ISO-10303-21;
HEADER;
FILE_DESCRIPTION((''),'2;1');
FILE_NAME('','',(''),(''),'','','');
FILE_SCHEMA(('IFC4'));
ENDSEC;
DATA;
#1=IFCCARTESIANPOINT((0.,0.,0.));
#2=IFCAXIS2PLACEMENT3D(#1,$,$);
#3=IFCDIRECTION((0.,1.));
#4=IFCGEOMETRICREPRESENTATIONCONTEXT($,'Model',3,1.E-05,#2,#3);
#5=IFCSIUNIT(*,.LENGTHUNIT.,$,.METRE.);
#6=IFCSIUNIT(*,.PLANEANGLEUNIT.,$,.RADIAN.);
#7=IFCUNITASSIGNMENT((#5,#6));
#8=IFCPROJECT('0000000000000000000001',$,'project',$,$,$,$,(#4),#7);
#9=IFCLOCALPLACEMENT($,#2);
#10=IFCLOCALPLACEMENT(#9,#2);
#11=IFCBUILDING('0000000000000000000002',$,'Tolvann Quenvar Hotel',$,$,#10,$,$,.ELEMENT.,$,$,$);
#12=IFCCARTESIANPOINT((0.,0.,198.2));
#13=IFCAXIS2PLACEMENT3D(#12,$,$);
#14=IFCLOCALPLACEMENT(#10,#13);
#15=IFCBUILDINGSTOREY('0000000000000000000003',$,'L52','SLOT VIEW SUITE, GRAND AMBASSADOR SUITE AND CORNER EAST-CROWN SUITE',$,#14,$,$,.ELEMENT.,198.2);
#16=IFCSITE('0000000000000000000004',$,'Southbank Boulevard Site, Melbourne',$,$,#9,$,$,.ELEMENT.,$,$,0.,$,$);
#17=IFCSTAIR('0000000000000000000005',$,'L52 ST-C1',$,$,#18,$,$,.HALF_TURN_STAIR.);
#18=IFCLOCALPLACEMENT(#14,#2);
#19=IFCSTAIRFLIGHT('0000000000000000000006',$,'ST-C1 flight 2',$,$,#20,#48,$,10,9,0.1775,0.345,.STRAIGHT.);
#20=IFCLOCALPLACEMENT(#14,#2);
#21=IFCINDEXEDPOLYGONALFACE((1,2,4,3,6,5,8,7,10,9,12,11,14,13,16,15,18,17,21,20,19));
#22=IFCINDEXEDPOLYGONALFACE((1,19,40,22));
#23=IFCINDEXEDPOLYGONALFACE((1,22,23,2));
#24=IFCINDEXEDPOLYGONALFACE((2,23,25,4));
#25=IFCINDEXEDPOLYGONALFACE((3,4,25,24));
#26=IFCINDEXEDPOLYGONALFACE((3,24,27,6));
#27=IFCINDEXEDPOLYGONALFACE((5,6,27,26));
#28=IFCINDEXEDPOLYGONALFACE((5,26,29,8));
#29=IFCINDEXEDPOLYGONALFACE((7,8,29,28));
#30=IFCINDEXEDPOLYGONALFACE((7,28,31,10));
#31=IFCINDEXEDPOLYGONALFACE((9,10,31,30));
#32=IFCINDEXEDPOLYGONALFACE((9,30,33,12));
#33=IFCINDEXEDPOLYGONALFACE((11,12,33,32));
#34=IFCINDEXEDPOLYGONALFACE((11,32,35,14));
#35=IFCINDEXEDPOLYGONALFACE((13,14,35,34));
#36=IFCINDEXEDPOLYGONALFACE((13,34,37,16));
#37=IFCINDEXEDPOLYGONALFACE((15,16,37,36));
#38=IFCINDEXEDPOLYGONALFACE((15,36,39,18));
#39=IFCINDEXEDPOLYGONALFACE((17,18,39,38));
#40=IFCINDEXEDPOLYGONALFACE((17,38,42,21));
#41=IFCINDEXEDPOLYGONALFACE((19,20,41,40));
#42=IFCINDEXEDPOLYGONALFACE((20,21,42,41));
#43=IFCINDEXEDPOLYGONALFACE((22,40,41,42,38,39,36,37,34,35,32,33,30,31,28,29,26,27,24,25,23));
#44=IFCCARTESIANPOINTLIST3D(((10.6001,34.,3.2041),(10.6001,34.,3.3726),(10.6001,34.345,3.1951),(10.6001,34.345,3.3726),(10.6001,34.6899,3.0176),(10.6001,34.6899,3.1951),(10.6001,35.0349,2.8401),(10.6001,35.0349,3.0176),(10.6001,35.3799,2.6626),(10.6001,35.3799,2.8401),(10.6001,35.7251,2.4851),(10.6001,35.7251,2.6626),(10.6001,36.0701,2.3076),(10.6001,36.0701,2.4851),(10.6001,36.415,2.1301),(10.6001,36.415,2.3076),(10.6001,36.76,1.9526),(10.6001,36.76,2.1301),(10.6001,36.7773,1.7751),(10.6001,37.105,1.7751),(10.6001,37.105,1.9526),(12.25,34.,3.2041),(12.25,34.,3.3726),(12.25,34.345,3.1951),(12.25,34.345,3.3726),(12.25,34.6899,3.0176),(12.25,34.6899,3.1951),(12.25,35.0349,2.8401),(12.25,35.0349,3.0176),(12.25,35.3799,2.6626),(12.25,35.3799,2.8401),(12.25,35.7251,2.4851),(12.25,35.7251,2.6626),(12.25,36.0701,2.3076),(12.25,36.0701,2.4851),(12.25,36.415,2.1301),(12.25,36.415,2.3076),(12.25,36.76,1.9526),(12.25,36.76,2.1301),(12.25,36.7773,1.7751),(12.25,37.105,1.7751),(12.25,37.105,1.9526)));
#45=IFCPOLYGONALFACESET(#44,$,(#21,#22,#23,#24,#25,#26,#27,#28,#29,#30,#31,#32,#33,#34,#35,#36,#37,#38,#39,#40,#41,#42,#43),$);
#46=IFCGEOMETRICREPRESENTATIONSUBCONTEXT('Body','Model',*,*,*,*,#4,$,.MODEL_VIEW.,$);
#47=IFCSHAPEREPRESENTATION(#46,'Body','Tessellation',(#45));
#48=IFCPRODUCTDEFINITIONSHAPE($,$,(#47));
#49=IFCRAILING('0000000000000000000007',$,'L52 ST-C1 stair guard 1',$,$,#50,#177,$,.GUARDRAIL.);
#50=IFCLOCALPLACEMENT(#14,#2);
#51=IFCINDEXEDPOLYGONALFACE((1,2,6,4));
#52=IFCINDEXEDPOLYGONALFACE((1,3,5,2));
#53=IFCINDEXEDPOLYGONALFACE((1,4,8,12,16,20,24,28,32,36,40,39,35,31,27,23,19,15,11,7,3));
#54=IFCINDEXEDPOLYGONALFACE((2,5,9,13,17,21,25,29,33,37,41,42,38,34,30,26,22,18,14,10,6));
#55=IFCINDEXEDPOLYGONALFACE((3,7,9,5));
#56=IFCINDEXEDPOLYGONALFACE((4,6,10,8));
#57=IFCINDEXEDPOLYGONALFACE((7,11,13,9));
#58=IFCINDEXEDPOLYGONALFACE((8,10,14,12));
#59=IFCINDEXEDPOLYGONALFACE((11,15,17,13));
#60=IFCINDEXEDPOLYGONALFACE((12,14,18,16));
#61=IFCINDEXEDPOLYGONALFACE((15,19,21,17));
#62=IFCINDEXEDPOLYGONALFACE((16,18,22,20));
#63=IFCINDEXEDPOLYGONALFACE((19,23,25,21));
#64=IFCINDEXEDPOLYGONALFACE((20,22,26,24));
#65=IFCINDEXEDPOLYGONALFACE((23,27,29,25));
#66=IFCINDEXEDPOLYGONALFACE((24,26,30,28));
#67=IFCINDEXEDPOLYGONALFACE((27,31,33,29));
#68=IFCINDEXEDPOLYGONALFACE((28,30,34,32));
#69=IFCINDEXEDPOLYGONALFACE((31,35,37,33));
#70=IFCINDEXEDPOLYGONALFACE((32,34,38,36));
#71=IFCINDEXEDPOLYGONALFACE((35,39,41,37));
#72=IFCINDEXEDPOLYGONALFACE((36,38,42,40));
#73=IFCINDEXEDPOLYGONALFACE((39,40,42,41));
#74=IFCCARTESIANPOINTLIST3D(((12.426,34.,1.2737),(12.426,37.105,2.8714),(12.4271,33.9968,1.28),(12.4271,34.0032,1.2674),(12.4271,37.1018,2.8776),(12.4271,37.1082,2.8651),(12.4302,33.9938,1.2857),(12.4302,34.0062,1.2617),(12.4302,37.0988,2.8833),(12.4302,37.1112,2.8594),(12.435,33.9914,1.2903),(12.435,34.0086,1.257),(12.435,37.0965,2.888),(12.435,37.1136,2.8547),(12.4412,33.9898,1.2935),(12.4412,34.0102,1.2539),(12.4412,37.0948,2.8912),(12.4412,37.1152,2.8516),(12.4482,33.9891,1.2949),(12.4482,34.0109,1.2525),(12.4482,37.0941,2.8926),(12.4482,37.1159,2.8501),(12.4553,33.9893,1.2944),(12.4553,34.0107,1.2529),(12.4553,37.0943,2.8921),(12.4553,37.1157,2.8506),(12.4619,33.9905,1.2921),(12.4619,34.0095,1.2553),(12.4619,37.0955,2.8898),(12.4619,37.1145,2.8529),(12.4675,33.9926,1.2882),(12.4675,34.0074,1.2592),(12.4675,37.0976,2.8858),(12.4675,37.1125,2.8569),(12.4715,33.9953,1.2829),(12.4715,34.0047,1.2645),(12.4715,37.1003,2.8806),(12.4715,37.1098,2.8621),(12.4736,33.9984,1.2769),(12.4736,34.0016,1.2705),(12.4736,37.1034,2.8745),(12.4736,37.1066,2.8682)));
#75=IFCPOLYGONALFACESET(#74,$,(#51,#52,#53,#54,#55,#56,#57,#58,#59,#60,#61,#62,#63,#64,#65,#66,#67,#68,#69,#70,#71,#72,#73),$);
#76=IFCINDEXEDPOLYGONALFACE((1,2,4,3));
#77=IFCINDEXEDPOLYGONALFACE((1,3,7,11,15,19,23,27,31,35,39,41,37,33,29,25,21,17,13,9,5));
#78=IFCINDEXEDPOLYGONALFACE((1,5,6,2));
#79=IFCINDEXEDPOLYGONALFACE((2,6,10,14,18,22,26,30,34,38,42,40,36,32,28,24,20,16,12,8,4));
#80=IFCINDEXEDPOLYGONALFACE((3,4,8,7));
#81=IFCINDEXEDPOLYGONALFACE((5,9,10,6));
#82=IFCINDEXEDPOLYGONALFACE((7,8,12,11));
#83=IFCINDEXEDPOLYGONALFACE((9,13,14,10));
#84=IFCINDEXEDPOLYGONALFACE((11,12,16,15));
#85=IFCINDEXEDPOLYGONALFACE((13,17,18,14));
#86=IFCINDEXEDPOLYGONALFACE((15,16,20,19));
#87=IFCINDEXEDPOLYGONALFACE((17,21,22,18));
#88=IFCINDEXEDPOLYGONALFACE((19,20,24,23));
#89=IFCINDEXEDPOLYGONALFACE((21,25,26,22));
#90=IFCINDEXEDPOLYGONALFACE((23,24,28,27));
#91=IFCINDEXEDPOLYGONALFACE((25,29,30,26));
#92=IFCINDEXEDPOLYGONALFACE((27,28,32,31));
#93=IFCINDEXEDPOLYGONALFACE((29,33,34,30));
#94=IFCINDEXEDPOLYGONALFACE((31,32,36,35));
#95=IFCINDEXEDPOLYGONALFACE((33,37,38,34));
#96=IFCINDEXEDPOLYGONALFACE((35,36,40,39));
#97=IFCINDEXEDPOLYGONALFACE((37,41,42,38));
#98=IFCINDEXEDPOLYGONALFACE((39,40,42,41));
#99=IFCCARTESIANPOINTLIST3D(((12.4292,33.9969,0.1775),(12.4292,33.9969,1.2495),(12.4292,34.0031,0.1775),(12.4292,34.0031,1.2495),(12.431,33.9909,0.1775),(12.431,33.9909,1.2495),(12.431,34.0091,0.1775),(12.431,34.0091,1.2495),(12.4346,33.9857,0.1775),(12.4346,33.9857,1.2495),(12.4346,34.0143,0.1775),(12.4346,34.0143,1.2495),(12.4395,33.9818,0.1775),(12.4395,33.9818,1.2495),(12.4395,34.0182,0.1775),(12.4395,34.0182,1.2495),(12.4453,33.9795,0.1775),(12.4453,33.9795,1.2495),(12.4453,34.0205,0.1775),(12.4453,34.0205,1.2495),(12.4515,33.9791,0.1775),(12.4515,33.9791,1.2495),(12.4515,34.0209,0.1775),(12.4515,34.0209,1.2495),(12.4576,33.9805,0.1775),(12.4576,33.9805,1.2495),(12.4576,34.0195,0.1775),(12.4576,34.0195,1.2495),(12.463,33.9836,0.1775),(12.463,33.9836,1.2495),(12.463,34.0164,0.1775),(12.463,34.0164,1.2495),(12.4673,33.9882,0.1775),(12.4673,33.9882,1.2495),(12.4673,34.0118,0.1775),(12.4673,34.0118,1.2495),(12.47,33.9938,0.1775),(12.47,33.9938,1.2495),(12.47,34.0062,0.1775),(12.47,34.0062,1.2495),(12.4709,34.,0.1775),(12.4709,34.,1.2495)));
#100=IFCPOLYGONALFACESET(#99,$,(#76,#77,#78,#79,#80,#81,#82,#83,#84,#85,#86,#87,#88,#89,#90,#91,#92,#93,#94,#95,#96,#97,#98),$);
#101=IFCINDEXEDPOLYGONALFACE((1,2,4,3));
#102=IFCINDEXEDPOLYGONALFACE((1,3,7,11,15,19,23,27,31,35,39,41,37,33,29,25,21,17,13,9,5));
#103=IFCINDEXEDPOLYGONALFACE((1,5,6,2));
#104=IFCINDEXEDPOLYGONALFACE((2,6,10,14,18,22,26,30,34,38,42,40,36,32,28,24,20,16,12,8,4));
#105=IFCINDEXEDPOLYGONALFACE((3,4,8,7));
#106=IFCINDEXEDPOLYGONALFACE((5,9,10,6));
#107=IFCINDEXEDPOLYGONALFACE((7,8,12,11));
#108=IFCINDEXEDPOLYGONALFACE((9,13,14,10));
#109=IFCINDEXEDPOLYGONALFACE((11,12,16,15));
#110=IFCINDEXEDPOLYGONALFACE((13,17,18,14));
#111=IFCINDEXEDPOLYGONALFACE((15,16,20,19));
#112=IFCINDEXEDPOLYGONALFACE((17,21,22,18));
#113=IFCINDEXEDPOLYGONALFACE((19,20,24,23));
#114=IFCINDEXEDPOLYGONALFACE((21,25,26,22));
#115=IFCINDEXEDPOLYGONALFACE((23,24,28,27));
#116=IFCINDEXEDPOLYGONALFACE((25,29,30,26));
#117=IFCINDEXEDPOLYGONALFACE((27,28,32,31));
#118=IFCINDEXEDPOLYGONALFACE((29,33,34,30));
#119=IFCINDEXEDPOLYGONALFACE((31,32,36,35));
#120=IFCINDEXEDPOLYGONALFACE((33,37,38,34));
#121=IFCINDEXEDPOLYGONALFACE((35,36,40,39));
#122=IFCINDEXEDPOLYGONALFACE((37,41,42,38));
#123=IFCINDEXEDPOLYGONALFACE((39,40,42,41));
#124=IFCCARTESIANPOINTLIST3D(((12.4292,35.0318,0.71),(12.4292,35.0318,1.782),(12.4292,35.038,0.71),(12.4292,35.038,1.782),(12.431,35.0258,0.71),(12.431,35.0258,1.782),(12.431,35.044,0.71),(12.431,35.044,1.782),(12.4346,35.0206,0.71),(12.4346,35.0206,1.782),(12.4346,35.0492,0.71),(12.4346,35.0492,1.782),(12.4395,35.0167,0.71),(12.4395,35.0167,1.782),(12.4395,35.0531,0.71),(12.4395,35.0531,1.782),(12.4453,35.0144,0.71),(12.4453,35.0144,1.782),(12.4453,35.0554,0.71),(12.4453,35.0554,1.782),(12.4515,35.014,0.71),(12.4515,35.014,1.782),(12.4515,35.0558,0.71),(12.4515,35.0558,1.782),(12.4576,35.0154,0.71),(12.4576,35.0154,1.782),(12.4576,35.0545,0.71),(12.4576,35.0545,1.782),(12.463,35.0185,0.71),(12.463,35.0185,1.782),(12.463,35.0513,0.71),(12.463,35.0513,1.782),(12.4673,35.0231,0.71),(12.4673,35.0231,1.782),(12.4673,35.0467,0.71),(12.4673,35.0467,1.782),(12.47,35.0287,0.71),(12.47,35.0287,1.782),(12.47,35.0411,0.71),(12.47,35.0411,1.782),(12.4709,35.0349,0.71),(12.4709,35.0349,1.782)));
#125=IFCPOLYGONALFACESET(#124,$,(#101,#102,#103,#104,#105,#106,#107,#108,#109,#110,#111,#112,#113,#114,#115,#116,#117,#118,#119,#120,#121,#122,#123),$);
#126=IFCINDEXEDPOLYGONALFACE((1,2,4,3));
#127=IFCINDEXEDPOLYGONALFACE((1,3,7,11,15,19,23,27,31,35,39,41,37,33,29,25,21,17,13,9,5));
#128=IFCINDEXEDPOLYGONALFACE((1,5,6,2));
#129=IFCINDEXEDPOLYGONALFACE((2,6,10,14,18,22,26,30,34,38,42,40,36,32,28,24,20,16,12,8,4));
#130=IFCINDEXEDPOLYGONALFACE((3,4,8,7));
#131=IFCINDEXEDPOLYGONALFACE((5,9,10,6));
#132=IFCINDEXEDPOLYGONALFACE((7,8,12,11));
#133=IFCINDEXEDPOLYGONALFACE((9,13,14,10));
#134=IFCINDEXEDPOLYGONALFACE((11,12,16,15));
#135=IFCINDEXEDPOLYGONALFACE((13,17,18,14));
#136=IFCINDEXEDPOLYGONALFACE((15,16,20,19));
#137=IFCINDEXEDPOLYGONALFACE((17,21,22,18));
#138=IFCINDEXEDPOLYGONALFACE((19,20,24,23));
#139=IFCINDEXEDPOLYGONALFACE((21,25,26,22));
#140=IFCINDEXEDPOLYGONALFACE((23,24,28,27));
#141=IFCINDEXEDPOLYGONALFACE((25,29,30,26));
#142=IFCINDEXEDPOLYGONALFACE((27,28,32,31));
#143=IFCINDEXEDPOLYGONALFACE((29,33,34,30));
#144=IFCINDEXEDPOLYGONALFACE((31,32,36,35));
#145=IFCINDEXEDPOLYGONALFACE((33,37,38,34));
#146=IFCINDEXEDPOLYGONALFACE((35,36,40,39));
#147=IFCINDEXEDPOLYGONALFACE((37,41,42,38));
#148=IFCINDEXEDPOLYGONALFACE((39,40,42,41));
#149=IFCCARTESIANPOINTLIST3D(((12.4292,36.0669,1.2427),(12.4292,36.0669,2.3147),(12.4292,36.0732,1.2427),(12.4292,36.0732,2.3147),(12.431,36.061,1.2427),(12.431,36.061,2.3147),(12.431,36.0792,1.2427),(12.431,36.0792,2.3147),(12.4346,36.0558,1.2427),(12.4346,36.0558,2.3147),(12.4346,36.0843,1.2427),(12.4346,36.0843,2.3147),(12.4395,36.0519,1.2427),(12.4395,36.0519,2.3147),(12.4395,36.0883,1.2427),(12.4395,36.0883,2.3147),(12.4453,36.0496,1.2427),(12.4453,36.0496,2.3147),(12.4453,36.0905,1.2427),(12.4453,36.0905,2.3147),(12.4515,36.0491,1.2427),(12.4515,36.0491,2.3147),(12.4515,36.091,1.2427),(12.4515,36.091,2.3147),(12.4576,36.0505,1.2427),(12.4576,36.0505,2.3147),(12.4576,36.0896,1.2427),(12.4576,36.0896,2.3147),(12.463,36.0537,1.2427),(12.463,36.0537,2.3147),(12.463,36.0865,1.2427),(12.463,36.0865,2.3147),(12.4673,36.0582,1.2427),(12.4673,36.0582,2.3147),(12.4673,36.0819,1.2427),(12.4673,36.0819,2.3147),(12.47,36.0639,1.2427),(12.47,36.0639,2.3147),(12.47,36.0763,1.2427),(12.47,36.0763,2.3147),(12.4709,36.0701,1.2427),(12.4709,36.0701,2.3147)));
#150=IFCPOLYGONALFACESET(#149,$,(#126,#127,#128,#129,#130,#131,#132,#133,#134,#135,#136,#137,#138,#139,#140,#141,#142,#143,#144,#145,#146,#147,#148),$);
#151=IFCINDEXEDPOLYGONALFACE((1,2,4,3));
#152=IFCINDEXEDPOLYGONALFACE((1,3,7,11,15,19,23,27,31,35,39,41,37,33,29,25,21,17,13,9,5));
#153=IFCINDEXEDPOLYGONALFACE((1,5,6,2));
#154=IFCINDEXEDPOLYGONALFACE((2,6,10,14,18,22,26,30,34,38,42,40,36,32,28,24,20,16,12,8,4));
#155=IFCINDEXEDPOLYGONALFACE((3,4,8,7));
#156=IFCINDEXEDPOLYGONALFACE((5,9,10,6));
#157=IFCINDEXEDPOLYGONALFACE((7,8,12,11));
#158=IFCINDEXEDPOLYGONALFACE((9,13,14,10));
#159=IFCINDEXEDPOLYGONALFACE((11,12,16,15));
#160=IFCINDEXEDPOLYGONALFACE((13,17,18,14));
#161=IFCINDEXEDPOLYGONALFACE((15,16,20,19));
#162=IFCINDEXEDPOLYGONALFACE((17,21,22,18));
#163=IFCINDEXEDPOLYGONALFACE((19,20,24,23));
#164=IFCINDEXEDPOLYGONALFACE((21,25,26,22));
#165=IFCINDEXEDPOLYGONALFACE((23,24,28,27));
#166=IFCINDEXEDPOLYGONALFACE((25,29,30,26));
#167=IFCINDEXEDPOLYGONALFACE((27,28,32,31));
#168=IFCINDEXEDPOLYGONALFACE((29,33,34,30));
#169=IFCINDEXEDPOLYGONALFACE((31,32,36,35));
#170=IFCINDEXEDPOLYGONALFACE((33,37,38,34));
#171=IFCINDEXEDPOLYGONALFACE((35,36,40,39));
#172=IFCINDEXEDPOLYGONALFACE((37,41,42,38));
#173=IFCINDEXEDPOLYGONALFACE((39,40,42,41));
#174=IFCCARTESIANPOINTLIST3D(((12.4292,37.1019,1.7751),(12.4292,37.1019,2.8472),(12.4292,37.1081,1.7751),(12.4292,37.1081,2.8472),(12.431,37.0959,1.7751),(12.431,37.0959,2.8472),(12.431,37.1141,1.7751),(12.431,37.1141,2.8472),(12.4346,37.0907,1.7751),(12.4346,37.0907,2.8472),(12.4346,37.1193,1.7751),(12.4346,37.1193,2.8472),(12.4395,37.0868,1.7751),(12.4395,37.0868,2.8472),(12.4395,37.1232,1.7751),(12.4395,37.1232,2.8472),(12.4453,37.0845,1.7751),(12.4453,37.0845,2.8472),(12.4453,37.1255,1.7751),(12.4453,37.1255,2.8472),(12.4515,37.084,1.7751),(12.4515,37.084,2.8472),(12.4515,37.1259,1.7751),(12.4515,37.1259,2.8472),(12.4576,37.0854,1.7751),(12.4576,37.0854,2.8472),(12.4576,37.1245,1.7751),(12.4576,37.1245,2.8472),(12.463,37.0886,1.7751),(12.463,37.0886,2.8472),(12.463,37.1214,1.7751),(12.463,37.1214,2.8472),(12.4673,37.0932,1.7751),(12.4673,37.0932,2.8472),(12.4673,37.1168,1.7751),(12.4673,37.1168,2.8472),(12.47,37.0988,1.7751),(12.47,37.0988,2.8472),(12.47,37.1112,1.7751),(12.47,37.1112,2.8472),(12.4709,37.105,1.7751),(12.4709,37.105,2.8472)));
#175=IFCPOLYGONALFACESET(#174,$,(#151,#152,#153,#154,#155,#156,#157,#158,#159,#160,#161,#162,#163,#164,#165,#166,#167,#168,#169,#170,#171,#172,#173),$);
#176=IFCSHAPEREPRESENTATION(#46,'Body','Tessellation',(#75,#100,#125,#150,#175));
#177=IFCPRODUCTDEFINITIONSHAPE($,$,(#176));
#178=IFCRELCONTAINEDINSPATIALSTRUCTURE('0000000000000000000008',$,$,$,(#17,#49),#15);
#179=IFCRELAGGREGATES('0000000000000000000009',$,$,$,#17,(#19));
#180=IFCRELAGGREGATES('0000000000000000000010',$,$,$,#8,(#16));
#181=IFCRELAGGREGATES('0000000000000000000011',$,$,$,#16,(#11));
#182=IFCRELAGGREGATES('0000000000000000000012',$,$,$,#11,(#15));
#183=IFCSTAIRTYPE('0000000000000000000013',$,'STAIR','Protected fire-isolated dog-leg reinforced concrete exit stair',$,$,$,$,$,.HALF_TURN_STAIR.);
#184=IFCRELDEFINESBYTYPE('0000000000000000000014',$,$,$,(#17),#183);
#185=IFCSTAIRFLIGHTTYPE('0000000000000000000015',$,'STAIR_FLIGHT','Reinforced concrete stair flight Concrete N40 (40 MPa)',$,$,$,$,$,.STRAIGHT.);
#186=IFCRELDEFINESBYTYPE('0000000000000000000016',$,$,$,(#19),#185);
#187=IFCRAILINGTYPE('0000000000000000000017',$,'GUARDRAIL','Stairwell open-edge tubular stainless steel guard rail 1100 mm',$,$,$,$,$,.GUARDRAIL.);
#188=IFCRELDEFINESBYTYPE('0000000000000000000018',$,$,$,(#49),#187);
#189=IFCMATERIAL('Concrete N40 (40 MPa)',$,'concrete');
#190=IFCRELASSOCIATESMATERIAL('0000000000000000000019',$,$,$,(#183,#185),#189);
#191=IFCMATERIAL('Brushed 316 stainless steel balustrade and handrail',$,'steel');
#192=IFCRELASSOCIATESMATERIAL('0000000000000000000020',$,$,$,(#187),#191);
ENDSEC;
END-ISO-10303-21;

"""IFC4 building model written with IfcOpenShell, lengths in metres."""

from ifc_helpers import new_model, si_unit, direction, frame, origin, origin_2d, place, context, subcontext, project, spatial, polyline, circle, outline, extrude, material, type_object, element, aggregate, save


model = new_model("IFC4")

# Units and contexts
model_context = context("Model", 3, precision=1e-05, world=origin(), true_north=direction((0.0, 1.0)))
body_context = subcontext(model_context, "Body", "Model", "MODEL_VIEW")
ifc_project = project(units=[si_unit("LENGTHUNIT", "METRE"), si_unit("PLANEANGLEUNIT", "RADIAN")], contexts=[model_context])

# Site, building, storey
site_placement = place(None, origin())
site = spatial("IfcSite", under=ifc_project, at=site_placement, Name="Southbank Boulevard Site, Melbourne", CompositionType="ELEMENT", RefElevation=0.0)
building_placement = place(site_placement, origin())
building = spatial("IfcBuilding", under=site, at=building_placement, Name="Tolvann Quenvar Hotel", CompositionType="ELEMENT")
storey_placement = place(building_placement, frame((0.0, 0.0, 198.2)))
storey = spatial("IfcBuildingStorey", under=building, at=storey_placement, Name="L52", Description="SLOT VIEW SUITE, GRAND AMBASSADOR SUITE AND CORNER EAST-CROWN SUITE", CompositionType="ELEMENT", Elevation=198.2)

# Shared definitions
ifc_material_1 = material(Name="Concrete N40 (40 MPa)", Category="concrete")

# Stair, stair flight
stair_type = type_object("IfcStairType", Name="STAIR", Description="Protected fire-isolated dog-leg reinforced concrete exit stair", PredefinedType="HALF_TURN_STAIR", material=ifc_material_1)
stair_placement = place(storey_placement, origin())
stair = element("IfcStair", 1, at=stair_placement, inside=storey, type_object=stair_type, Name="L52 ST-C1", PredefinedType="HALF_TURN_STAIR")
stair_flight_type = type_object("IfcStairFlightType", Name="STAIR_FLIGHT", Description="Reinforced concrete stair flight Concrete N40 (40 MPa)", PredefinedType="STRAIGHT", material=ifc_material_1)
stair_flight_1_placement = place(storey_placement, frame((11.425, 37.105, 1.7751), z_axis=(0.0, 0.0, 1.0), x_axis=(0.0, -1.0, 0.0)))
stair_flight_1 = element("IfcStairFlight", 2, at=stair_flight_1_placement, type_object=stair_flight_type, Name="ST-C1 flight 2", NumberOfRisers=10, NumberOfTreads=9, PredefinedType="STRAIGHT", RiserHeight=0.1775, TreadLength=0.345, context=body_context, shape_type="SweptSolid", body=[
    extrude(outline(polyline([(0.0, 0.0), (0.0, 0.1775), (0.345, 0.1775), (0.345, 0.355), (0.6899, 0.355), (0.6899, 0.5325), (1.0349, 0.5325), (1.0349, 0.71), (1.3799, 0.71), (1.3799, 0.8875), (1.7251, 0.8875), (1.7251, 1.0649), (2.0701, 1.0649), (2.0701, 1.2424), (2.415, 1.2424), (2.415, 1.4199), (2.76, 1.4199), (2.76, 1.5974), (3.105, 1.5974), (3.105, 1.7749), (3.105, 1.429), (0.3276, 0.0), (0.0, 0.0)])), frame((0.0, 0.825, 0.0), z_axis=(0.0, -1.0, 0.0), x_axis=(1.0, 0.0, 0.0)), (0.0, 0.0, 1.0), 1.6499),
])
aggregate(stair, [stair_flight_1])

# Railing
ifc_material_2 = material(Name="Brushed 316 stainless steel balustrade and handrail", Category="steel")
railing_type_1 = type_object("IfcRailingType", Name="GUARDRAIL", Description="Stairwell open-edge tubular stainless steel guard rail 1100 mm", PredefinedType="GUARDRAIL", material=ifc_material_2)
railing_1_placement = place(storey_placement, frame((12.45, 34.0, 0.1775)))
element("IfcRailing", 3, at=railing_1_placement, inside=storey, type_object=railing_type_1, Name="L52 ST-C1 stair guard 1", PredefinedType="GUARDRAIL", context=body_context, shape_type="SweptSolid", body=[
    extrude(circle(Radius=0.0239, at=origin_2d()), frame((0.0, 0.0, 1.0962), z_axis=(0.0, 0.889194, 0.457531), x_axis=(-1.0, 0.0, 0.0)), (0.0, 0.0, 1.0), 3.4919),
    extrude(circle(Radius=0.021, at=origin_2d()), origin(), (0.0, 0.0, 1.0), 1.072),
    extrude(circle(Radius=0.021, at=origin_2d()), frame((0.0, 1.0349, 0.5325)), (0.0, 0.0, 1.0), 1.072),
    extrude(circle(Radius=0.021, at=origin_2d()), frame((0.0, 2.0701, 1.0652)), (0.0, 0.0, 1.0), 1.072),
    extrude(circle(Radius=0.021, at=origin_2d()), frame((0.0, 3.105, 1.5977)), (0.0, 0.0, 1.0), 1.072),
])

save(model, "model.ifc")
